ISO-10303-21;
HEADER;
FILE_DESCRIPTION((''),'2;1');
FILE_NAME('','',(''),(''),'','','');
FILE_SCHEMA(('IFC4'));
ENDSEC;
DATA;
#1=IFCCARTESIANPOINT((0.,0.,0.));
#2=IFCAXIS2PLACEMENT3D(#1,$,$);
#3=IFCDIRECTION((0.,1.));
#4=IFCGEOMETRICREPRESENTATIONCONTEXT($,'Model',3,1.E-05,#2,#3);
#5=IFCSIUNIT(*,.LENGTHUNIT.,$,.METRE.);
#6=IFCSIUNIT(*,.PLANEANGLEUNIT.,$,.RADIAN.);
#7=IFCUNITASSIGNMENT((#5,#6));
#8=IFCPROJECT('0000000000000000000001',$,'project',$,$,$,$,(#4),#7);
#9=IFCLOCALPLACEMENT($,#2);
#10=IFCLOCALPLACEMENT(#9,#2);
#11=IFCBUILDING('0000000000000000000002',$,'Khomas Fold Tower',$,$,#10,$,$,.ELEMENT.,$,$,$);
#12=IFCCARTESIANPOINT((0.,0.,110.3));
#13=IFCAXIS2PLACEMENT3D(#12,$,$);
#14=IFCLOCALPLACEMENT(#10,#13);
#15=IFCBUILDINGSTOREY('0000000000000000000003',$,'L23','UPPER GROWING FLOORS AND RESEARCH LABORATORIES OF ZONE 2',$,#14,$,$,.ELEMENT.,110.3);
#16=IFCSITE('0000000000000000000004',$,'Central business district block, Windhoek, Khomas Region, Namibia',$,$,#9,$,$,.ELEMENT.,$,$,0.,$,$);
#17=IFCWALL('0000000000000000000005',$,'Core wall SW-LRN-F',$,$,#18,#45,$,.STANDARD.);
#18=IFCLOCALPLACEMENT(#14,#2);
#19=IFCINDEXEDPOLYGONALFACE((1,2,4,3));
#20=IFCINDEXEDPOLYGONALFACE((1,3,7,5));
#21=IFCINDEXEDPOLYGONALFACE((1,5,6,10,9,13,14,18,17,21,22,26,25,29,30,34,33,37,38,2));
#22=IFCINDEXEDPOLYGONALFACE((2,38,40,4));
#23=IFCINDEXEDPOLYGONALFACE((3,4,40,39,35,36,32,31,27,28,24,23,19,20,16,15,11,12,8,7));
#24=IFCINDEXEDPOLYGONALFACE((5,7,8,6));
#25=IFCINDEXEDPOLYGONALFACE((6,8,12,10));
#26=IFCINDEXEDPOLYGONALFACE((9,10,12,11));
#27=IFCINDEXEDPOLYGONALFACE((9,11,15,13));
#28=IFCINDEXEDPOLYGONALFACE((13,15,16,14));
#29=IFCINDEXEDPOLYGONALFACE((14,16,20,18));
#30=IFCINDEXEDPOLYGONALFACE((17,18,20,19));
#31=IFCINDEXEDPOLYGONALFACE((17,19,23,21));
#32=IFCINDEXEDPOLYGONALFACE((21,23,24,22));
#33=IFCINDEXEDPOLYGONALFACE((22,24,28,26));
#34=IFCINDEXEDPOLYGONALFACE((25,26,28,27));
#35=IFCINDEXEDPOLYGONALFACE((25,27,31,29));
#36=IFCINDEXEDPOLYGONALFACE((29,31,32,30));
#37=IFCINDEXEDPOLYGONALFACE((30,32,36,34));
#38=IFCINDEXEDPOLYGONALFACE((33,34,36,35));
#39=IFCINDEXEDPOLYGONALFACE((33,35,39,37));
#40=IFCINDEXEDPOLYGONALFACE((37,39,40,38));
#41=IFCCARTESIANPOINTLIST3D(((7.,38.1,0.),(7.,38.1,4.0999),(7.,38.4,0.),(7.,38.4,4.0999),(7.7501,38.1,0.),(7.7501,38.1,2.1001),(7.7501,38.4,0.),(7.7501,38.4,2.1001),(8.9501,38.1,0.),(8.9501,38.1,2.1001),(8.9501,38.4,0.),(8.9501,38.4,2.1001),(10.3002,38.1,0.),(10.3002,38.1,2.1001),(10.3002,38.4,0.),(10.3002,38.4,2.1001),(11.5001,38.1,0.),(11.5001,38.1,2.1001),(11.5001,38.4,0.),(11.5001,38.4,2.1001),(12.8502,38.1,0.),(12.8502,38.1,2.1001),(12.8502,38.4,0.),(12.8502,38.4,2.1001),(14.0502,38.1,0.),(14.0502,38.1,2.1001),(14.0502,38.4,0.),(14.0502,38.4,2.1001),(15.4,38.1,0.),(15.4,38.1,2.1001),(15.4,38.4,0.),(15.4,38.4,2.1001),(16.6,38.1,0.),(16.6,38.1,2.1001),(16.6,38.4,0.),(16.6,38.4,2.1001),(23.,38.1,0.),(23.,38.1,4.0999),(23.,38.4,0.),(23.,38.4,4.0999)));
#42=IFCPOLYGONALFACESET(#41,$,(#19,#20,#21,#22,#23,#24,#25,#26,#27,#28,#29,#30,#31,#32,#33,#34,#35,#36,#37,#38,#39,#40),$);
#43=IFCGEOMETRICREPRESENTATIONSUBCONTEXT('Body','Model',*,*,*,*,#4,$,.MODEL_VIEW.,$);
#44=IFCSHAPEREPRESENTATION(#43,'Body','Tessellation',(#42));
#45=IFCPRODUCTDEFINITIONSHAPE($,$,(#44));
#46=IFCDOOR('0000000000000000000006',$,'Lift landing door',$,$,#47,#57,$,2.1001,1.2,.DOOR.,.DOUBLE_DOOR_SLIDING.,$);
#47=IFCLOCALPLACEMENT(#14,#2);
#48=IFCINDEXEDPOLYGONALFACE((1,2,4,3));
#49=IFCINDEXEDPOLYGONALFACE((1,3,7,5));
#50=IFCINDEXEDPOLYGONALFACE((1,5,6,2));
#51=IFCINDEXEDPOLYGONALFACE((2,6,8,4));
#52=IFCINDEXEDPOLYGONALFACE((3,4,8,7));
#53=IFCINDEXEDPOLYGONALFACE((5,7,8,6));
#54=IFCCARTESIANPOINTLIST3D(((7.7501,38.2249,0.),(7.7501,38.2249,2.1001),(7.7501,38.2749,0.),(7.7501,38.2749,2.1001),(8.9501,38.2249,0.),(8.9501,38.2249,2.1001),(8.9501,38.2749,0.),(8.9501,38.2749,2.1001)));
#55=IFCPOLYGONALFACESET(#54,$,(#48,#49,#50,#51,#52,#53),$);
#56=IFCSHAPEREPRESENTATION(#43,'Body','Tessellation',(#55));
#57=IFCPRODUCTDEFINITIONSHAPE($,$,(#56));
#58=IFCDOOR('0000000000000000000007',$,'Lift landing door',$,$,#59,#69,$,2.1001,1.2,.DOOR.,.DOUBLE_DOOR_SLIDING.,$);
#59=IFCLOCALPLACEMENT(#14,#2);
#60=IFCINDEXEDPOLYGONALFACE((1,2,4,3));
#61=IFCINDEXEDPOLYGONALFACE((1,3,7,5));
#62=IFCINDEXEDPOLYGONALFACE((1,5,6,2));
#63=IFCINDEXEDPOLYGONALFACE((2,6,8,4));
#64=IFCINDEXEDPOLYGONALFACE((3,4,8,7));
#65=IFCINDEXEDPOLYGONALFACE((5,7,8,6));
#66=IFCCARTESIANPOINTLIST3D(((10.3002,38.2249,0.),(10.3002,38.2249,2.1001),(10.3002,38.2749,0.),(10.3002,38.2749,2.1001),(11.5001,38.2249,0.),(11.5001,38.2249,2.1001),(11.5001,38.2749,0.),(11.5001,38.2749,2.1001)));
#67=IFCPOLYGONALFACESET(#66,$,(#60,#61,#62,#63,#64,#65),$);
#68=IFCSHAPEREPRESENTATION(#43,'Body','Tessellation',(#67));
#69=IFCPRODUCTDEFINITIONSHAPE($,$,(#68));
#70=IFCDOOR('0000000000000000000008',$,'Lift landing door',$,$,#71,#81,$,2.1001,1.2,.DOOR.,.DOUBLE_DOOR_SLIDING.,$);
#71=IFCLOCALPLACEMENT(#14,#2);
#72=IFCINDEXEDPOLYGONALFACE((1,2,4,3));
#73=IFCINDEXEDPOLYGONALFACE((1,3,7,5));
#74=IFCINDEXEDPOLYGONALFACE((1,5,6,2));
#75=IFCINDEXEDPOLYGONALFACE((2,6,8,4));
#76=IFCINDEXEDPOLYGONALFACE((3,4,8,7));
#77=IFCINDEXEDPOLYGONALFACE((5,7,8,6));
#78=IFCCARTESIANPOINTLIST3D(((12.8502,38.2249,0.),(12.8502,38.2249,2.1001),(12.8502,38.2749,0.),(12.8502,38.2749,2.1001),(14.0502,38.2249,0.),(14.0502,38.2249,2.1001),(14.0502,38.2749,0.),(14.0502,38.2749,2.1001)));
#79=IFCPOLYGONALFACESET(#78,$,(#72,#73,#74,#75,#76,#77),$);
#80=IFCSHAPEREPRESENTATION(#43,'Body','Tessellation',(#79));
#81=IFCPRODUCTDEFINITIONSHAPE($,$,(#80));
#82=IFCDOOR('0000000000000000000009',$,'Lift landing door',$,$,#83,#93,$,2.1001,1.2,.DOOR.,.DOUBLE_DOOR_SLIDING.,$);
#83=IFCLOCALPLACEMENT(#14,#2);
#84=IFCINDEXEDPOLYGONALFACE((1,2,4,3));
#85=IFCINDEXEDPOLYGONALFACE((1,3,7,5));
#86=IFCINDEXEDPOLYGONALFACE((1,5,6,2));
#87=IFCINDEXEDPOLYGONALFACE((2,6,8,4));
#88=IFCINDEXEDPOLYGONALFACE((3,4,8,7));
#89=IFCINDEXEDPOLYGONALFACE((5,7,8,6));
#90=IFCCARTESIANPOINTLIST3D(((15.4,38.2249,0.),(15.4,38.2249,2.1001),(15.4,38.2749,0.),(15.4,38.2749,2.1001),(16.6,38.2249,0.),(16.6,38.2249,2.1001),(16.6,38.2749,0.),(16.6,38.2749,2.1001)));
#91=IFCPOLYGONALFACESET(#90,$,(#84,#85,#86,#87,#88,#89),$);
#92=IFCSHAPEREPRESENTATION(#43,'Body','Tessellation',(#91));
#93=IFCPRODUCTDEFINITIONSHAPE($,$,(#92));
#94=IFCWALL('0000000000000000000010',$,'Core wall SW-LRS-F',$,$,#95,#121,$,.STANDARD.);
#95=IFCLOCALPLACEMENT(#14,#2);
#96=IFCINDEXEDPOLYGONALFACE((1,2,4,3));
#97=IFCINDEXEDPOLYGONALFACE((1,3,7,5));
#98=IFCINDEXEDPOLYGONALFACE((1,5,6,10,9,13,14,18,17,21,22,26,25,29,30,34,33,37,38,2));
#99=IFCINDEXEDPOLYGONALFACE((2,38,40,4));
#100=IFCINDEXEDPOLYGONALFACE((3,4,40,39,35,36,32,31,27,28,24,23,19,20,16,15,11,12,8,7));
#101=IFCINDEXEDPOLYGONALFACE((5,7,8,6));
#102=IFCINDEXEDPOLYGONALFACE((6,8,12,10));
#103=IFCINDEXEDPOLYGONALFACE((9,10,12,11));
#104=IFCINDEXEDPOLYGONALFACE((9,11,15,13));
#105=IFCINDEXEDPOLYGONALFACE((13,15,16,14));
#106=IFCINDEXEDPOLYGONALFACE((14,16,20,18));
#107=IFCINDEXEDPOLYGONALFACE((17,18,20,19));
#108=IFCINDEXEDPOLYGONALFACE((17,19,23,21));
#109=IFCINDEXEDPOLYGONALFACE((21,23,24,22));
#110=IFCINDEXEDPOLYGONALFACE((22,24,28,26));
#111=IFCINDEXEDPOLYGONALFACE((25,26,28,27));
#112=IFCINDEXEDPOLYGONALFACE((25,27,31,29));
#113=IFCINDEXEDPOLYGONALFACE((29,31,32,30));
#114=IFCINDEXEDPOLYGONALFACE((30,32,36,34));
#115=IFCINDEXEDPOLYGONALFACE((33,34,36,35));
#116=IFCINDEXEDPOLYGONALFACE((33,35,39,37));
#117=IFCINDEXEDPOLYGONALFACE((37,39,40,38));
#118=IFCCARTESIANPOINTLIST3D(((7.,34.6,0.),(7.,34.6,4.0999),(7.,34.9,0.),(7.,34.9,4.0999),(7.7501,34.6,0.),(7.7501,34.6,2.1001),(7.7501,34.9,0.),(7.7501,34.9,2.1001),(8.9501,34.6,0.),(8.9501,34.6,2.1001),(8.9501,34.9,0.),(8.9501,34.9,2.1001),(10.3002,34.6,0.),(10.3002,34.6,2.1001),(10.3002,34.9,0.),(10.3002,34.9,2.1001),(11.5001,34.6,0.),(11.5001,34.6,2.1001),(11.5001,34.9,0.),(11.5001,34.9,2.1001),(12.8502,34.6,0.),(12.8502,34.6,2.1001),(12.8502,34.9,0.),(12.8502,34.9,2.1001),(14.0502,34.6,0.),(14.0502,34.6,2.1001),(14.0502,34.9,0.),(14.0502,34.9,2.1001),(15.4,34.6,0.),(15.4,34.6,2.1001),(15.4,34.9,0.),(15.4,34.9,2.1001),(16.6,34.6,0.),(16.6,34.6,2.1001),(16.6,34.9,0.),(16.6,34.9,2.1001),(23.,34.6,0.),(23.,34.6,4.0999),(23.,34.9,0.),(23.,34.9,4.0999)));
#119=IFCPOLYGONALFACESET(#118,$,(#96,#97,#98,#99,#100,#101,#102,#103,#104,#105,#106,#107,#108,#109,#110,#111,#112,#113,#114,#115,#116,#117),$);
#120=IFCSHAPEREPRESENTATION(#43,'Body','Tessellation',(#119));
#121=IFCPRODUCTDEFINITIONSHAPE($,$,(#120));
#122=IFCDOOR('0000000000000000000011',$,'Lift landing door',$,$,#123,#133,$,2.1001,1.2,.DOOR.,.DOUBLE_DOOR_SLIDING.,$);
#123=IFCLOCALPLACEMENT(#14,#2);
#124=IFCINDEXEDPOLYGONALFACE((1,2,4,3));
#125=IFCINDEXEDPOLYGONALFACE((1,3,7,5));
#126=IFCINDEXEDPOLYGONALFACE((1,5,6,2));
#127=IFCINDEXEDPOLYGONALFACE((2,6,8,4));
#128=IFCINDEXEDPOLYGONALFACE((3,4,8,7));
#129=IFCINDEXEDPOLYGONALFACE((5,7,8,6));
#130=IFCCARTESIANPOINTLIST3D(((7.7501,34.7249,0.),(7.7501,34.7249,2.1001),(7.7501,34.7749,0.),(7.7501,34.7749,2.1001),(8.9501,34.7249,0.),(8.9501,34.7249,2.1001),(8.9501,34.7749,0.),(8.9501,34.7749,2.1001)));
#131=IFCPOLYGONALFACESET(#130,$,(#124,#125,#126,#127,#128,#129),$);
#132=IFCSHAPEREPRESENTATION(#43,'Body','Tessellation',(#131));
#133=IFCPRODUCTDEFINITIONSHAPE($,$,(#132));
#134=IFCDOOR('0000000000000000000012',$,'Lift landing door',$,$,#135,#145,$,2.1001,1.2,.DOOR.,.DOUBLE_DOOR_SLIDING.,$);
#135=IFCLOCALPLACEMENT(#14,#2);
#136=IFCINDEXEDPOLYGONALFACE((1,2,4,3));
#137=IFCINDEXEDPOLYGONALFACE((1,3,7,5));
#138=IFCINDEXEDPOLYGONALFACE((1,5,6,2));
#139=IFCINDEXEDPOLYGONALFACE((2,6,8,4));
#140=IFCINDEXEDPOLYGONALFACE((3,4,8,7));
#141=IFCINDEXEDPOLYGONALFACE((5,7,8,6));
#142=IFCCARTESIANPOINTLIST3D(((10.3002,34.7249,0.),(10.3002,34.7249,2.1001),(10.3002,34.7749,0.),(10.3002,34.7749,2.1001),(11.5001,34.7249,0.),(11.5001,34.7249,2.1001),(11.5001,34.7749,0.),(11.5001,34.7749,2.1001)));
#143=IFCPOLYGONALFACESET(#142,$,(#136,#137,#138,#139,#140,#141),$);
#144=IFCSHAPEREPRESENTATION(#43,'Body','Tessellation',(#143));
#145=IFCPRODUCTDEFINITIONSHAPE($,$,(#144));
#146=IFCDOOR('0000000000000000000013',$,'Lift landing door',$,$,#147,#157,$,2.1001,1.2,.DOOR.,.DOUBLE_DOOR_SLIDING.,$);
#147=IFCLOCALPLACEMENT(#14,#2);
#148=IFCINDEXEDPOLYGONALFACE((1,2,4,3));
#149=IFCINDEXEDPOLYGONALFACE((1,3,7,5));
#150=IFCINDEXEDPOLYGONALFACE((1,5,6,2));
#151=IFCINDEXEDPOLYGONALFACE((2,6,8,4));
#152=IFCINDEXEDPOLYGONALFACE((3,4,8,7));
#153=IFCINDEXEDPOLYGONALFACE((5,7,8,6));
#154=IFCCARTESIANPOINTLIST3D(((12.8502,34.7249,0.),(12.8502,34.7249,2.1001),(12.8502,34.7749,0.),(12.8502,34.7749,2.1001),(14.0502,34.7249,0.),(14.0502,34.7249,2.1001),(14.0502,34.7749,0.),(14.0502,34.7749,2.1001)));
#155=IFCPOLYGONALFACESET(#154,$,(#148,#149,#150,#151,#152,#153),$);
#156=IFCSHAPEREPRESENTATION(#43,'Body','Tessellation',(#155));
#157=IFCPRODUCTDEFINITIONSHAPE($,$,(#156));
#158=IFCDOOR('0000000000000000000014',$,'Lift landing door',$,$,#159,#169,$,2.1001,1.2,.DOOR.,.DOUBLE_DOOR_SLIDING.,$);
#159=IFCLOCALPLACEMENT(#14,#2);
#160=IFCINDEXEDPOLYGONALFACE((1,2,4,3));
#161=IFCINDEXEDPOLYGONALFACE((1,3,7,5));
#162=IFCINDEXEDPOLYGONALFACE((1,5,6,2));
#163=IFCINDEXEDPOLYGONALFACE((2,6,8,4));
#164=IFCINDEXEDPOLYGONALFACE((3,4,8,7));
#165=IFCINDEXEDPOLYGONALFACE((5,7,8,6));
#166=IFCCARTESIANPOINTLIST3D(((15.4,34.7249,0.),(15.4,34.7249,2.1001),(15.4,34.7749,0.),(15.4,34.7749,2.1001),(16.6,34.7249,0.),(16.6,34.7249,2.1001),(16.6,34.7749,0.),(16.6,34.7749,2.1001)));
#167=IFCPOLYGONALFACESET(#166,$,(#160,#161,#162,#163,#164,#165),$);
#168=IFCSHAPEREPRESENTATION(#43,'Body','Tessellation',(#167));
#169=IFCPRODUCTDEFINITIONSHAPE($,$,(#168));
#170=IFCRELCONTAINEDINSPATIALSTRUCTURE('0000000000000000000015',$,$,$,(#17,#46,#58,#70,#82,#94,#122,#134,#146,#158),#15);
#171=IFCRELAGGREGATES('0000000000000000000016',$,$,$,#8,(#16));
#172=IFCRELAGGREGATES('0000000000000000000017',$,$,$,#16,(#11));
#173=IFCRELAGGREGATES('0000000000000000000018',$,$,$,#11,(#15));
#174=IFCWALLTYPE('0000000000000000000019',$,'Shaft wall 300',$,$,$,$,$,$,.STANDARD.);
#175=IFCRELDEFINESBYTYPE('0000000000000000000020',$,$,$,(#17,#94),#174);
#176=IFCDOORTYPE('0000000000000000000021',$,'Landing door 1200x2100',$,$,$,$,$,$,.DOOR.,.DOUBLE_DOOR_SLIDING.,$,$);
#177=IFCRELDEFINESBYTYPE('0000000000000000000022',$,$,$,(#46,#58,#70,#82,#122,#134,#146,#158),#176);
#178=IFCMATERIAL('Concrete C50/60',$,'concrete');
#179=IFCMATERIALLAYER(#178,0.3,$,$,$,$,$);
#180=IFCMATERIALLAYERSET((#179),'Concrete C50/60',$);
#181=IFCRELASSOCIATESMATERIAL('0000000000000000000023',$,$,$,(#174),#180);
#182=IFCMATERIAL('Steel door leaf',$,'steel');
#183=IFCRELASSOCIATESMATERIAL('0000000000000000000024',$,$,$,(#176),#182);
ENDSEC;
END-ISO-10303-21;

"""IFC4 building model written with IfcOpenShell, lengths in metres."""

from ifc_helpers import new_model, si_unit, direction, frame, frame_2d, origin, place, context, subcontext, project, spatial, rectangle, extrude, source, transform, mapped, material, layer, layer_set, type_object, element, fill, save


model = new_model("IFC4")

# Units and contexts
model_context = context("Model", 3, precision=1e-05, world=origin(), true_north=direction((0.0, 1.0)))
body_context = subcontext(model_context, "Body", "Model", "MODEL_VIEW")
ifc_project = project(units=[si_unit("LENGTHUNIT", "METRE"), si_unit("PLANEANGLEUNIT", "RADIAN")], contexts=[model_context])

# Site, building, storey
site_placement = place(None, origin())
site = spatial("IfcSite", under=ifc_project, at=site_placement, Name="Central business district block, Windhoek, Khomas Region, Namibia", CompositionType="ELEMENT", RefElevation=0.0)
building_placement = place(site_placement, origin())
building = spatial("IfcBuilding", under=site, at=building_placement, Name="Khomas Fold Tower", CompositionType="ELEMENT")
storey_placement = place(building_placement, frame((0.0, 0.0, 110.3)))
storey = spatial("IfcBuildingStorey", under=building, at=storey_placement, Name="L23", Description="UPPER GROWING FLOORS AND RESEARCH LABORATORIES OF ZONE 2", CompositionType="ELEMENT", Elevation=110.3)

# Shared definitions
ifc_material_1 = material(Name="Concrete C50/60", Category="concrete")
ifc_layer_1 = layer(ifc_material_1, 0.3)
ifc_layer_set_1 = layer_set([ifc_layer_1], Name="Concrete C50/60")
wall_type_1 = type_object("IfcWallType", Name="Shaft wall 300", PredefinedType="STANDARD", material=ifc_layer_set_1)
shared_shape_1 = source(origin(), body_context, "Body", "SweptSolid", [
    extrude(rectangle(XDim=16.0, YDim=0.3, at=frame_2d((8.0, 0.0))), origin(), (0.0, 0.0, 1.0), 4.0999),
])

# Walls, openings, doors
wall_1_placement = place(storey_placement, frame((7.0, 38.25, 0.0), z_axis=(0.0, 0.0, 1.0), x_axis=(1.0, 0.0, 0.0)))
wall_1 = element("IfcWall", 1, at=wall_1_placement, inside=storey, type_object=wall_type_1, Name="Core wall SW-LRN-F", PredefinedType="STANDARD", context=body_context, shape_type="MappedRepresentation", body=[
    mapped(shared_shape_1, transform((0.0, 0.0, 0.0))),
])
shared_shape_2 = source(origin(), body_context, "Body", "SweptSolid", [
    extrude(rectangle(XDim=1.2, YDim=2.1001, at=frame_2d((0.6001, 1.05))), frame((0.0, 0.1599, 0.0), z_axis=(0.0, -1.0, 0.0), x_axis=(1.0, 0.0, 0.0)), (0.0, 0.0, 1.0), 0.3201),
])
opening_1_placement = place(wall_1_placement, frame((0.75, 0.0, 0.0)))
opening_1 = element("IfcOpeningElement", 2, at=opening_1_placement, cuts=wall_1, PredefinedType="OPENING", context=body_context, shape_type="MappedRepresentation", body=[
    mapped(shared_shape_2, transform((0.0, 0.0, 0.0))),
])
opening_2_placement = place(wall_1_placement, frame((3.3, 0.0, 0.0)))
opening_2 = element("IfcOpeningElement", 3, at=opening_2_placement, cuts=wall_1, PredefinedType="OPENING", context=body_context, shape_type="MappedRepresentation", body=[
    mapped(shared_shape_2, transform((0.0, 0.0, 0.0))),
])
opening_3_placement = place(wall_1_placement, frame((5.8501, 0.0, 0.0)))
opening_3 = element("IfcOpeningElement", 4, at=opening_3_placement, cuts=wall_1, PredefinedType="OPENING", context=body_context, shape_type="MappedRepresentation", body=[
    mapped(shared_shape_2, transform((0.0, 0.0, 0.0))),
])
opening_4_placement = place(wall_1_placement, frame((8.3999, 0.0, 0.0)))
opening_4 = element("IfcOpeningElement", 5, at=opening_4_placement, cuts=wall_1, PredefinedType="OPENING", context=body_context, shape_type="MappedRepresentation", body=[
    mapped(shared_shape_2, transform((0.0, 0.0, 0.0))),
])
ifc_material_2 = material(Name="Steel door leaf", Category="steel")
door_type_1 = type_object("IfcDoorType", Name="Landing door 1200x2100", OperationType="DOUBLE_DOOR_SLIDING", PredefinedType="DOOR", material=ifc_material_2)
shared_shape_3 = source(origin(), body_context, "Body", "SweptSolid", [
    extrude(rectangle(XDim=1.2, YDim=2.1001, at=frame_2d((0.6001, 1.05))), frame((0.0, 0.0249, 0.0), z_axis=(0.0, -1.0, 0.0), x_axis=(1.0, 0.0, 0.0)), (0.0, 0.0, 1.0), 0.05),
])
door_1_placement = place(opening_1_placement, origin())
door_1 = element("IfcDoor", 6, at=door_1_placement, inside=storey, type_object=door_type_1, Name="Lift landing door", OperationType="DOUBLE_DOOR_SLIDING", OverallHeight=2.1001, OverallWidth=1.2, PredefinedType="DOOR", context=body_context, shape_type="MappedRepresentation", body=[
    mapped(shared_shape_3, transform((0.0, 0.0, 0.0))),
])
fill(opening_1, door_1)
door_2_placement = place(opening_2_placement, origin())
door_2 = element("IfcDoor", 7, at=door_2_placement, inside=storey, type_object=door_type_1, Name="Lift landing door", OperationType="DOUBLE_DOOR_SLIDING", OverallHeight=2.1001, OverallWidth=1.2, PredefinedType="DOOR", context=body_context, shape_type="MappedRepresentation", body=[
    mapped(shared_shape_3, transform((0.0, 0.0, 0.0))),
])
fill(opening_2, door_2)
door_3_placement = place(opening_3_placement, origin())
door_3 = element("IfcDoor", 8, at=door_3_placement, inside=storey, type_object=door_type_1, Name="Lift landing door", OperationType="DOUBLE_DOOR_SLIDING", OverallHeight=2.1001, OverallWidth=1.2, PredefinedType="DOOR", context=body_context, shape_type="MappedRepresentation", body=[
    mapped(shared_shape_3, transform((0.0, 0.0, 0.0))),
])
fill(opening_3, door_3)
door_4_placement = place(opening_4_placement, origin())
door_4 = element("IfcDoor", 9, at=door_4_placement, inside=storey, type_object=door_type_1, Name="Lift landing door", OperationType="DOUBLE_DOOR_SLIDING", OverallHeight=2.1001, OverallWidth=1.2, PredefinedType="DOOR", context=body_context, shape_type="MappedRepresentation", body=[
    mapped(shared_shape_3, transform((0.0, 0.0, 0.0))),
])
fill(opening_4, door_4)
wall_2_placement = place(storey_placement, frame((7.0, 34.75, 0.0), z_axis=(0.0, 0.0, 1.0), x_axis=(1.0, 0.0, 0.0)))
wall_2 = element("IfcWall", 10, at=wall_2_placement, inside=storey, type_object=wall_type_1, Name="Core wall SW-LRS-F", PredefinedType="STANDARD", context=body_context, shape_type="MappedRepresentation", body=[
    mapped(shared_shape_1, transform((0.0, 0.0, 0.0))),
])
opening_5_placement = place(wall_2_placement, frame((0.75, 0.0, 0.0)))
opening_5 = element("IfcOpeningElement", 11, at=opening_5_placement, cuts=wall_2, PredefinedType="OPENING", context=body_context, shape_type="MappedRepresentation", body=[
    mapped(shared_shape_2, transform((0.0, 0.0, 0.0))),
])
opening_6_placement = place(wall_2_placement, frame((3.3, 0.0, 0.0)))
opening_6 = element("IfcOpeningElement", 12, at=opening_6_placement, cuts=wall_2, PredefinedType="OPENING", context=body_context, shape_type="MappedRepresentation", body=[
    mapped(shared_shape_2, transform((0.0, 0.0, 0.0))),
])
opening_7_placement = place(wall_2_placement, frame((5.8501, 0.0, 0.0)))
opening_7 = element("IfcOpeningElement", 13, at=opening_7_placement, cuts=wall_2, PredefinedType="OPENING", context=body_context, shape_type="MappedRepresentation", body=[
    mapped(shared_shape_2, transform((0.0, 0.0, 0.0))),
])
opening_8_placement = place(wall_2_placement, frame((8.3999, 0.0, 0.0)))
opening_8 = element("IfcOpeningElement", 14, at=opening_8_placement, cuts=wall_2, PredefinedType="OPENING", context=body_context, shape_type="MappedRepresentation", body=[
    mapped(shared_shape_2, transform((0.0, 0.0, 0.0))),
])
door_5_placement = place(opening_5_placement, origin())
door_5 = element("IfcDoor", 15, at=door_5_placement, inside=storey, type_object=door_type_1, Name="Lift landing door", OperationType="DOUBLE_DOOR_SLIDING", OverallHeight=2.1001, OverallWidth=1.2, PredefinedType="DOOR", context=body_context, shape_type="MappedRepresentation", body=[
    mapped(shared_shape_3, transform((0.0, 0.0, 0.0))),
])
fill(opening_5, door_5)
door_6_placement = place(opening_6_placement, origin())
door_6 = element("IfcDoor", 16, at=door_6_placement, inside=storey, type_object=door_type_1, Name="Lift landing door", OperationType="DOUBLE_DOOR_SLIDING", OverallHeight=2.1001, OverallWidth=1.2, PredefinedType="DOOR", context=body_context, shape_type="MappedRepresentation", body=[
    mapped(shared_shape_3, transform((0.0, 0.0, 0.0))),
])
fill(opening_6, door_6)
door_7_placement = place(opening_7_placement, origin())
door_7 = element("IfcDoor", 17, at=door_7_placement, inside=storey, type_object=door_type_1, Name="Lift landing door", OperationType="DOUBLE_DOOR_SLIDING", OverallHeight=2.1001, OverallWidth=1.2, PredefinedType="DOOR", context=body_context, shape_type="MappedRepresentation", body=[
    mapped(shared_shape_3, transform((0.0, 0.0, 0.0))),
])
fill(opening_7, door_7)
door_8_placement = place(opening_8_placement, origin())
door_8 = element("IfcDoor", 18, at=door_8_placement, inside=storey, type_object=door_type_1, Name="Lift landing door", OperationType="DOUBLE_DOOR_SLIDING", OverallHeight=2.1001, OverallWidth=1.2, PredefinedType="DOOR", context=body_context, shape_type="MappedRepresentation", body=[
    mapped(shared_shape_3, transform((0.0, 0.0, 0.0))),
])
fill(opening_8, door_8)

save(model, "model.ifc")
